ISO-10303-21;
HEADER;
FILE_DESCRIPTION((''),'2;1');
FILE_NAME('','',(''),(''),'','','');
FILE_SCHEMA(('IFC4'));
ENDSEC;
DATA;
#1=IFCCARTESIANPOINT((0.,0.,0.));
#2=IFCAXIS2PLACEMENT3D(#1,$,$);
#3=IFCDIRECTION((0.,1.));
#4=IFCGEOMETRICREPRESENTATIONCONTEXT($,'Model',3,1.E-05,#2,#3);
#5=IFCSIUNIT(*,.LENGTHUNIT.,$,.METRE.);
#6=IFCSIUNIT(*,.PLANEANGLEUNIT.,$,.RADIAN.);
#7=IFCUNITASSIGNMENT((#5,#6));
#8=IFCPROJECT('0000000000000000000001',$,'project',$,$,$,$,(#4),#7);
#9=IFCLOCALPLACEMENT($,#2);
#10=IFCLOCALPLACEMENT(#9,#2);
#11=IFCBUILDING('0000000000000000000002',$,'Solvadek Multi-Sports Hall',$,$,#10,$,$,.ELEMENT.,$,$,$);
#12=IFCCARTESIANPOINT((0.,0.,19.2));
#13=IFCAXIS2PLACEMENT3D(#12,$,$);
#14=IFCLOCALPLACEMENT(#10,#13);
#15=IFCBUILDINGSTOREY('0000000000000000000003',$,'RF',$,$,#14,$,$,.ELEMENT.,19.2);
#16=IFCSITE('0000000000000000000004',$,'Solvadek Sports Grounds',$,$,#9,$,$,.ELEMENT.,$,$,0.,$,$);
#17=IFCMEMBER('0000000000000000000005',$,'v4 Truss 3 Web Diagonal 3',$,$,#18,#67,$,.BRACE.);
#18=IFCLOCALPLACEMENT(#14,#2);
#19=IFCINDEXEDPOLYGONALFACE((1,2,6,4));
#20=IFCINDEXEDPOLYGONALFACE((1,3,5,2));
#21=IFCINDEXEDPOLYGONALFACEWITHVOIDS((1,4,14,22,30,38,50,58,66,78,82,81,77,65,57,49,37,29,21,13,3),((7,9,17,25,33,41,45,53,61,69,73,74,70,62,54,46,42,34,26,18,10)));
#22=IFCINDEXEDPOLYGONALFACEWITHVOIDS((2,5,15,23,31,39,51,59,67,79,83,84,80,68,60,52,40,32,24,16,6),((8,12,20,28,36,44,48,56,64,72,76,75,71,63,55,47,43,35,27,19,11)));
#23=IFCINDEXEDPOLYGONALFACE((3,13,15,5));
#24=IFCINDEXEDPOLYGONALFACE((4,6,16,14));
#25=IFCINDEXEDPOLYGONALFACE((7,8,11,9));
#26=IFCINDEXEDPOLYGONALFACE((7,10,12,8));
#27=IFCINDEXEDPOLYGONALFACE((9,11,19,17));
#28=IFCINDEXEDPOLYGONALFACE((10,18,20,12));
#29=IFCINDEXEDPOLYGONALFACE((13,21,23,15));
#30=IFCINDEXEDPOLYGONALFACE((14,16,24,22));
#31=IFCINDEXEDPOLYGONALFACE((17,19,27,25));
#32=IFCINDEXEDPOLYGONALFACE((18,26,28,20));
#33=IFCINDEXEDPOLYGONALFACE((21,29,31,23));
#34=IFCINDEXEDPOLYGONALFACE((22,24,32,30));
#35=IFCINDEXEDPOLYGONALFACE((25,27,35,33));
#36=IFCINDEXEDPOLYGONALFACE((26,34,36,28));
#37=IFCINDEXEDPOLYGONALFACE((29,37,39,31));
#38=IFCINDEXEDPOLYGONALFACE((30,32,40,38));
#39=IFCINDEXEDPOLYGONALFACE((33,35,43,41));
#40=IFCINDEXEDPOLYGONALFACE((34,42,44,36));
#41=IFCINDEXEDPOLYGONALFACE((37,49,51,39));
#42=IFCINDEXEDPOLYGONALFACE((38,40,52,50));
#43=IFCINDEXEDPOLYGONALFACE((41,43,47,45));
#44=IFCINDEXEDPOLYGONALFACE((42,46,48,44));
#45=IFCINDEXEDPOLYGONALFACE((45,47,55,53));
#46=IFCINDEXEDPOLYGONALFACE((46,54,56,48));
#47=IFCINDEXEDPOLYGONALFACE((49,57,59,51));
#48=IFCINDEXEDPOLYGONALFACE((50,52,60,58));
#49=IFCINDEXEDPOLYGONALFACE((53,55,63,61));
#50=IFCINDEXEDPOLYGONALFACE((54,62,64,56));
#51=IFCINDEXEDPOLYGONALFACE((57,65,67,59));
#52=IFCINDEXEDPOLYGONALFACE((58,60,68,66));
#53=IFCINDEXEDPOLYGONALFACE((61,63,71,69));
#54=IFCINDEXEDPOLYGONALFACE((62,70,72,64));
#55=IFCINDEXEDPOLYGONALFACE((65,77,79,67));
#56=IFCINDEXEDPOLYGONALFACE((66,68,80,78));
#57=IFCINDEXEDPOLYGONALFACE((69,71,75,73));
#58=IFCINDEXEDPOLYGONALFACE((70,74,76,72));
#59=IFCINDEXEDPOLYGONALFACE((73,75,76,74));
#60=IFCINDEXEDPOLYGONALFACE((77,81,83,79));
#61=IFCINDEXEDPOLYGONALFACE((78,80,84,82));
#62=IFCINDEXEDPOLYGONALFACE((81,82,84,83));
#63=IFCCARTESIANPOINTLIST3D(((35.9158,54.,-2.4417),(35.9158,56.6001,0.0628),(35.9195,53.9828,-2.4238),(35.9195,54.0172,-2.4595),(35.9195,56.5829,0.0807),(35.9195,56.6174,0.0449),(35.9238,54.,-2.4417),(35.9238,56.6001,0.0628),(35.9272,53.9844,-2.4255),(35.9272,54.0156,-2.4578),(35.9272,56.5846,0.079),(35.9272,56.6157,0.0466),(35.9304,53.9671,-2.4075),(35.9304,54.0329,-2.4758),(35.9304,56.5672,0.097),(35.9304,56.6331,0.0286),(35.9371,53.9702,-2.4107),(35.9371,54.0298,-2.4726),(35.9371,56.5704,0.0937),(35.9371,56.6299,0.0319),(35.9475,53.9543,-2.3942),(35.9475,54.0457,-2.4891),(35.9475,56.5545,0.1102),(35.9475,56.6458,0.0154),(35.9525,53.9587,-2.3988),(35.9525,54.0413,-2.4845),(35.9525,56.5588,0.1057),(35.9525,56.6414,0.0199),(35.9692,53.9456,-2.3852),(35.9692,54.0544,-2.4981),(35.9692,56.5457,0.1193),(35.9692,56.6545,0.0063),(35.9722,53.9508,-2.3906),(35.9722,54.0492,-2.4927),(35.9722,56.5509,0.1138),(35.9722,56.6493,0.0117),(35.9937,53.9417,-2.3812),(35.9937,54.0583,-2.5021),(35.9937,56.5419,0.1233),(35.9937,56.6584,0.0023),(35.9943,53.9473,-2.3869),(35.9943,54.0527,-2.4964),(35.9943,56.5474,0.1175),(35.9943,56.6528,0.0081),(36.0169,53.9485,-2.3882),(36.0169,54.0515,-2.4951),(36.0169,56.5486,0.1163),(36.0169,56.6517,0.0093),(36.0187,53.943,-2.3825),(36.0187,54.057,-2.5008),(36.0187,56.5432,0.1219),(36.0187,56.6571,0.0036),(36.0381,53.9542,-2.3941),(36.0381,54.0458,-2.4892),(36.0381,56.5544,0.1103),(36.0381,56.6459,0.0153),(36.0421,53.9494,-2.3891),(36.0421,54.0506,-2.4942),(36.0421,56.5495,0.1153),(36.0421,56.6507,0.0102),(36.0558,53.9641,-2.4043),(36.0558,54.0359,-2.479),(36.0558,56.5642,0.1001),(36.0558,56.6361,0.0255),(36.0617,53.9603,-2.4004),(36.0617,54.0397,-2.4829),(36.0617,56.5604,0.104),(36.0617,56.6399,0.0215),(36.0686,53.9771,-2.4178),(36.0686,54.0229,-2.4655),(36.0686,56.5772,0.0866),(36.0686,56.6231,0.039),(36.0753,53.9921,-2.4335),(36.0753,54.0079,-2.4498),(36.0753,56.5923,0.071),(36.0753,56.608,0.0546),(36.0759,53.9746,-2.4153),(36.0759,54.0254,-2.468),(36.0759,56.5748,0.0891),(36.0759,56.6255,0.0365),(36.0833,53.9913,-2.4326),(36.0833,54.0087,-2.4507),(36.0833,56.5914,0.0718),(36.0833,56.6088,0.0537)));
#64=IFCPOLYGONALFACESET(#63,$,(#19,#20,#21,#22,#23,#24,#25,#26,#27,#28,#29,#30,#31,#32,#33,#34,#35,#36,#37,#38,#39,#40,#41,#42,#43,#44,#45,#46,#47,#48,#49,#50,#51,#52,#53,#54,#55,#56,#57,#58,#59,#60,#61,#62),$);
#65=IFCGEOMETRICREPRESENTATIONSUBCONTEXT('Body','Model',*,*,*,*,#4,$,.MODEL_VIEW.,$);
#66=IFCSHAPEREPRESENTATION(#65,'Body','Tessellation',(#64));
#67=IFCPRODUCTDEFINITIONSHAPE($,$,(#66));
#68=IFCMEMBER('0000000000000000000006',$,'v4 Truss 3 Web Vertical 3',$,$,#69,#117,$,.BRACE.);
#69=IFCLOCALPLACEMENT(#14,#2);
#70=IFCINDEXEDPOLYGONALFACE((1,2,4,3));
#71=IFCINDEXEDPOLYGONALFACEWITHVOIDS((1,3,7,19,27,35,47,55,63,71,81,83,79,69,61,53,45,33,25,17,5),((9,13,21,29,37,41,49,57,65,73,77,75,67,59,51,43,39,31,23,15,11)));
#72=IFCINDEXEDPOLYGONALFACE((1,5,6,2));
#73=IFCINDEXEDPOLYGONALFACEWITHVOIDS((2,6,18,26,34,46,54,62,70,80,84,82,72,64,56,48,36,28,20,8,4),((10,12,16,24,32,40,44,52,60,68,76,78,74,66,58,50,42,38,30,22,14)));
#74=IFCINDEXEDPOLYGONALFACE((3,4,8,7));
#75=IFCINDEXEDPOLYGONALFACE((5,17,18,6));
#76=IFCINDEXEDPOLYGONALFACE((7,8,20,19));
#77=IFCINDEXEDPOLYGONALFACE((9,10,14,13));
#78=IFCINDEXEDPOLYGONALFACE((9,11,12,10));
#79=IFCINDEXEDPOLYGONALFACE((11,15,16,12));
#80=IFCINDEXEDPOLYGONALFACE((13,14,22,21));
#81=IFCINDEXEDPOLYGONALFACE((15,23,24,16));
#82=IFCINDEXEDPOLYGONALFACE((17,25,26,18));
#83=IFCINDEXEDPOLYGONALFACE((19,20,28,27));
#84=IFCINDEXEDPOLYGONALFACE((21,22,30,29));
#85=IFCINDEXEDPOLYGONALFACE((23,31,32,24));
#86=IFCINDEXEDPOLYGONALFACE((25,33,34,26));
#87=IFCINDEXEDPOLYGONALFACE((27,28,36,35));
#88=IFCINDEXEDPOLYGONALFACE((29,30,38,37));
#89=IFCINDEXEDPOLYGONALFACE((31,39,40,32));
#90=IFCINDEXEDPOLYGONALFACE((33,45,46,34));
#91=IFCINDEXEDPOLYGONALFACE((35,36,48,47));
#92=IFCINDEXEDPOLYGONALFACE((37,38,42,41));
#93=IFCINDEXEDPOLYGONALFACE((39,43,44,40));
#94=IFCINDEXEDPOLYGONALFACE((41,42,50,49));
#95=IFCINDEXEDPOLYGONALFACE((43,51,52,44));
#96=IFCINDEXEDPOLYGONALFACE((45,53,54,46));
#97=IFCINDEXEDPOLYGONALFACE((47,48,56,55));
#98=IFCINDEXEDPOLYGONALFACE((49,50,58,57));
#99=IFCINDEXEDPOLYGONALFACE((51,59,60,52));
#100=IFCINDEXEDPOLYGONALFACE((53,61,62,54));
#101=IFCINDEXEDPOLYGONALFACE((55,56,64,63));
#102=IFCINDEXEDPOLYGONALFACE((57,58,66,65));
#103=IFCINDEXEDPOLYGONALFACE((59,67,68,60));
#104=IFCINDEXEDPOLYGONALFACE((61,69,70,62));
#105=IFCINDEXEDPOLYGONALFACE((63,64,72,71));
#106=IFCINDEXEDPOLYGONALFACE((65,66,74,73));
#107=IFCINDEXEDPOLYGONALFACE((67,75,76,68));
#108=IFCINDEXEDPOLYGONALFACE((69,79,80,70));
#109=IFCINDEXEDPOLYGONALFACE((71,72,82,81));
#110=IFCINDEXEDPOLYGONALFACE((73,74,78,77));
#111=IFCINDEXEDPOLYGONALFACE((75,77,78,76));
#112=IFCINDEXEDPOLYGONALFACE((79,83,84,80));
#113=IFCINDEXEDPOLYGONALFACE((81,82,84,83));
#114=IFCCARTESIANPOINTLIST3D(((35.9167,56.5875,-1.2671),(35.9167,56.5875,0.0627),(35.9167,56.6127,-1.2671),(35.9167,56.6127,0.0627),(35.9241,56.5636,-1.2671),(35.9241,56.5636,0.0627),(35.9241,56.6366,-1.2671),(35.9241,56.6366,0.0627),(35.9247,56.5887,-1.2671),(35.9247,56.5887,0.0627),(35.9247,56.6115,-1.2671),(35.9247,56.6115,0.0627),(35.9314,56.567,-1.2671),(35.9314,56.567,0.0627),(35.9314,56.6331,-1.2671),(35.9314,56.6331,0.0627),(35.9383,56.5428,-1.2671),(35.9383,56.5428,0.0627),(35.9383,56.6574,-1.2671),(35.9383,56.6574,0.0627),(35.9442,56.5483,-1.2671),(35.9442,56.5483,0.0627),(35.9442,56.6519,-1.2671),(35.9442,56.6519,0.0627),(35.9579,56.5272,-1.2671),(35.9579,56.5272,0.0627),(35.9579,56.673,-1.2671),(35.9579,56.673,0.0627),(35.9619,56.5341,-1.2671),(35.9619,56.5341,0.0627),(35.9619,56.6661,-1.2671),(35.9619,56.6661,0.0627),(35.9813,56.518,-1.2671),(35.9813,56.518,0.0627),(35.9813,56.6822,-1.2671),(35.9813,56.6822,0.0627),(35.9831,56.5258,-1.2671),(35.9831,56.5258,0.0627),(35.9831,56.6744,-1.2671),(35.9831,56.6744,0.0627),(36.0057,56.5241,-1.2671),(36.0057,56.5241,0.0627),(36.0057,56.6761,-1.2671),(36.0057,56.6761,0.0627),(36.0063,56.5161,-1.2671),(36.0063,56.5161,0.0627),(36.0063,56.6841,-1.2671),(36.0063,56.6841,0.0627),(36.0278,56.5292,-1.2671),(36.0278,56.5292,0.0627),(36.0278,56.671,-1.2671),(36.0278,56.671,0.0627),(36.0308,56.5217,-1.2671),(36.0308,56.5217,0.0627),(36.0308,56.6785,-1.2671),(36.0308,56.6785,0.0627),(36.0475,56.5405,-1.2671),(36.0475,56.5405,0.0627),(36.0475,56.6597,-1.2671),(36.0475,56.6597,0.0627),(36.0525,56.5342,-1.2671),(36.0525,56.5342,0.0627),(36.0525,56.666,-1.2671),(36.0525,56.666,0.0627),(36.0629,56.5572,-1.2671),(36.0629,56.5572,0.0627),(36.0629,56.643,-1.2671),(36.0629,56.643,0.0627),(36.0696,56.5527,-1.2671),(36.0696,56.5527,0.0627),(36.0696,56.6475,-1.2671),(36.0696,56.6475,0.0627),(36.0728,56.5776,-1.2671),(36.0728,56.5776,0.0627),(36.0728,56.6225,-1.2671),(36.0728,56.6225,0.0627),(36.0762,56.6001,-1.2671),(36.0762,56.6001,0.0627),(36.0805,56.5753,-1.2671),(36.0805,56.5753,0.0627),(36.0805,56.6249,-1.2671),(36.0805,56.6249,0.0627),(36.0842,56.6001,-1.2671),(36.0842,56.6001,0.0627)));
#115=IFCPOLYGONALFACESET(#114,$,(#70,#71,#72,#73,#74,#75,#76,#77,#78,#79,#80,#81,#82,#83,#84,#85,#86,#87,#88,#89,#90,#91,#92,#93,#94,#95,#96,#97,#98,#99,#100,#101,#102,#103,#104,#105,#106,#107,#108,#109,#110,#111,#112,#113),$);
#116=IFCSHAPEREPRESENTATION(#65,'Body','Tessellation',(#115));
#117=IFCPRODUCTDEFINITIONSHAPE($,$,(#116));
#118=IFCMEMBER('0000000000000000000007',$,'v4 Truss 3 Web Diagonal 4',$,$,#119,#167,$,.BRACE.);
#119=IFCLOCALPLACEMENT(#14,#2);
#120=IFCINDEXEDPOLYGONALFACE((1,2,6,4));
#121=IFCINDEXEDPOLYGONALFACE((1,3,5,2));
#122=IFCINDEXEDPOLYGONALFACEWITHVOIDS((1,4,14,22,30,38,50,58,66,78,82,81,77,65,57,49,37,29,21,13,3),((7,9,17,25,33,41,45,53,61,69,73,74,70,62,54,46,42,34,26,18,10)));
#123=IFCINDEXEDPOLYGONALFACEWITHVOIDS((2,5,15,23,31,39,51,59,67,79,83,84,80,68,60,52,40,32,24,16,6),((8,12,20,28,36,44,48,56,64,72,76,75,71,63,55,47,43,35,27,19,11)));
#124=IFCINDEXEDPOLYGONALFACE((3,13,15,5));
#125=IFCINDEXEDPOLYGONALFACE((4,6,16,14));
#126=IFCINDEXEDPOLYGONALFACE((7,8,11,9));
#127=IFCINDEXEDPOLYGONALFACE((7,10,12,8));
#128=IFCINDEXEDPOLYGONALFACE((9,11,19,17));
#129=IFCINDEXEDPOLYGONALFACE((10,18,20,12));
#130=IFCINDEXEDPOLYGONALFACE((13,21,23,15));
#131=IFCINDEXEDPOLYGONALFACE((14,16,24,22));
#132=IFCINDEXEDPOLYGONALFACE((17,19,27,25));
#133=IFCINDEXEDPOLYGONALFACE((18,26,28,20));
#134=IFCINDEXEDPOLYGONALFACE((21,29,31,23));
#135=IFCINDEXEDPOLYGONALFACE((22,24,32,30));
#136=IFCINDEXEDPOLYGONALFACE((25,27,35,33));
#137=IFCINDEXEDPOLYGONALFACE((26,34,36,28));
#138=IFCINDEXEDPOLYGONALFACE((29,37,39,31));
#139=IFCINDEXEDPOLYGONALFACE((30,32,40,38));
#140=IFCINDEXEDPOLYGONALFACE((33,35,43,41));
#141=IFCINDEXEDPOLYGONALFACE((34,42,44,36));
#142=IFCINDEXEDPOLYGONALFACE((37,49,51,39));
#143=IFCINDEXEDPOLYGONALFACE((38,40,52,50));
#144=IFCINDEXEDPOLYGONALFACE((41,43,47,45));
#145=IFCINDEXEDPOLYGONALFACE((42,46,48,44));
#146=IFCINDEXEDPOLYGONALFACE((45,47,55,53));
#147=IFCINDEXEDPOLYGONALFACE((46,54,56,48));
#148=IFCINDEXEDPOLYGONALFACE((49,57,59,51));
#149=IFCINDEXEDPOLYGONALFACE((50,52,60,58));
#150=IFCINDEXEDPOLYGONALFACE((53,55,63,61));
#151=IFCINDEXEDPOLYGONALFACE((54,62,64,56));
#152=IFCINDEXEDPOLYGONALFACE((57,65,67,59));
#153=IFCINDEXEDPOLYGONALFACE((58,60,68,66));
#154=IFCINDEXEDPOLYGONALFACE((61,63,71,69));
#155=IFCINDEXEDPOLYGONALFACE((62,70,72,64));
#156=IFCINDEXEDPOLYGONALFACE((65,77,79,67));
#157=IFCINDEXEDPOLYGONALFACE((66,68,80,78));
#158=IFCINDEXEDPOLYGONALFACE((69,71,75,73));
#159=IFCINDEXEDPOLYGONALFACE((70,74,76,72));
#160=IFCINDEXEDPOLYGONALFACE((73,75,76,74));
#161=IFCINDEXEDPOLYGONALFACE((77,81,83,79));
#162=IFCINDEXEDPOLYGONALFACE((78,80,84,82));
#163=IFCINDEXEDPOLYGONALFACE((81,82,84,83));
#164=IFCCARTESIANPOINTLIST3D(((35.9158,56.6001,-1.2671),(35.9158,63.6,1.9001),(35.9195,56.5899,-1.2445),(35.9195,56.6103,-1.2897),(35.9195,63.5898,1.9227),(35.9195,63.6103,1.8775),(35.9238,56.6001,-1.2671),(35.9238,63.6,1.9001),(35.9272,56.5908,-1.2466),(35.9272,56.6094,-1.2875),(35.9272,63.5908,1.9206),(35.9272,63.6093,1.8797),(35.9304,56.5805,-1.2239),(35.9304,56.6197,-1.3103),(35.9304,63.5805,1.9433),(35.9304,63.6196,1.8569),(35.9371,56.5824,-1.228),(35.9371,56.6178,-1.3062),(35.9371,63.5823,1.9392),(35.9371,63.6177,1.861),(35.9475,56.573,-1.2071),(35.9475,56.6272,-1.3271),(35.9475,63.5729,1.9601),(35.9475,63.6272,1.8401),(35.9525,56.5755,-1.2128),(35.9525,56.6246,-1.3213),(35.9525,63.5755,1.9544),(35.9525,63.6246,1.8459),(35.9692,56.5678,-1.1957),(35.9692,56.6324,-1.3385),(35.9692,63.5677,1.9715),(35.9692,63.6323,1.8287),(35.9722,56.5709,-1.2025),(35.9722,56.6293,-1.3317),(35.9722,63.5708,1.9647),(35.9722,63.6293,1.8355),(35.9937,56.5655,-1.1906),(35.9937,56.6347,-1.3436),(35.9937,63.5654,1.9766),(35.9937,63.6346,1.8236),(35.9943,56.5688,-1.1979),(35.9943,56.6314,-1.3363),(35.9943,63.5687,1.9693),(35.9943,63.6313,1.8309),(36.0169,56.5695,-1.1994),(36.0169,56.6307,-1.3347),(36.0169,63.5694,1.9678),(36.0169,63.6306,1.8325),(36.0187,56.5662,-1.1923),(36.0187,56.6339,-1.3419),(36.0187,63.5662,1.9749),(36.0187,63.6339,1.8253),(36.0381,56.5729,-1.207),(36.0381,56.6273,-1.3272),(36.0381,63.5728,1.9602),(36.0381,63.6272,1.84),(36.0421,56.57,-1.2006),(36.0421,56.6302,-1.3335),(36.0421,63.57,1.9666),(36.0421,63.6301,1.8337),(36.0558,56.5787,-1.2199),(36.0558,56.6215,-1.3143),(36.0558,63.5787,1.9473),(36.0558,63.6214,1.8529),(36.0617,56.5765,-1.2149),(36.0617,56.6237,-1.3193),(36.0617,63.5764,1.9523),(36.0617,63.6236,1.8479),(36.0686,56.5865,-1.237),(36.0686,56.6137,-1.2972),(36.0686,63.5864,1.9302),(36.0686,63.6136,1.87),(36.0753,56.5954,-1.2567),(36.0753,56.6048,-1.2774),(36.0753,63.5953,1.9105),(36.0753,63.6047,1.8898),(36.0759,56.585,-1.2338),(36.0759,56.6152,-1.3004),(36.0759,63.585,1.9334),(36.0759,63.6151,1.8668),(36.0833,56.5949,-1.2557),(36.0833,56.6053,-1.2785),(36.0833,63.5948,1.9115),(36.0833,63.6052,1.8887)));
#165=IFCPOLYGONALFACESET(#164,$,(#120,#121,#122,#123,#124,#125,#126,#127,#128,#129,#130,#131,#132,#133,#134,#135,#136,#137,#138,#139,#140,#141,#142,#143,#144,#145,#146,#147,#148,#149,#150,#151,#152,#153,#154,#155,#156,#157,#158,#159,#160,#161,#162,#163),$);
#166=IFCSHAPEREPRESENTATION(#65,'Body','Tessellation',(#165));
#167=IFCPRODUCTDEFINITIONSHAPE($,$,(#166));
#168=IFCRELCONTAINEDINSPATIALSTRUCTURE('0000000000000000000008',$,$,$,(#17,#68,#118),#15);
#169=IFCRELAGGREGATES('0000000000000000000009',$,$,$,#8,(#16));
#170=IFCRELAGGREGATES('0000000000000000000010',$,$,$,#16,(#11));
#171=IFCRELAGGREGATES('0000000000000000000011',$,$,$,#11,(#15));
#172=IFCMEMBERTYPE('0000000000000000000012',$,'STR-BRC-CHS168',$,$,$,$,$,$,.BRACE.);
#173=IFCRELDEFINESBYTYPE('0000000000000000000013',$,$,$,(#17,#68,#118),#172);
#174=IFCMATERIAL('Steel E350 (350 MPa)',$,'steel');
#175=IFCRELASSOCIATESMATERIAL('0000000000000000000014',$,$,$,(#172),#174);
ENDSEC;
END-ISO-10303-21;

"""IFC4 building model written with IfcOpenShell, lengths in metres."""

from ifc_helpers import new_model, si_unit, direction, frame, origin, origin_2d, place, context, subcontext, project, spatial, hollow_circle, extrude, material, material_profile, profile_set, type_object, element, save


model = new_model("IFC4")

# Units and contexts
model_context = context("Model", 3, precision=1e-05, world=origin(), true_north=direction((0.0, 1.0)))
body_context = subcontext(model_context, "Body", "Model", "MODEL_VIEW")
ifc_project = project(units=[si_unit("LENGTHUNIT", "METRE"), si_unit("PLANEANGLEUNIT", "RADIAN")], contexts=[model_context])

# Site, building, storey
site_placement = place(None, origin())
site = spatial("IfcSite", under=ifc_project, at=site_placement, Name="Solvadek Sports Grounds", CompositionType="ELEMENT", RefElevation=0.0)
building_placement = place(site_placement, origin())
building = spatial("IfcBuilding", under=site, at=building_placement, Name="Solvadek Multi-Sports Hall", CompositionType="ELEMENT")
storey_placement = place(building_placement, frame((0.0, 0.0, 19.2)))
storey = spatial("IfcBuildingStorey", under=building, at=storey_placement, Name="RF", CompositionType="ELEMENT", Elevation=19.2)

# Members
ifc_material_1 = material(Name="Steel E350 (350 MPa)", Category="steel")
ifc_material_profile_1 = material_profile(ifc_material_1, hollow_circle(Radius=0.0842, WallThickness=0.0081, at=origin_2d()), Name="CHS 168.3x8")
ifc_profile_set_1 = profile_set([ifc_material_profile_1], Name="Steel E350 (350 MPa)")
member_type_1 = type_object("IfcMemberType", Name="STR-BRC-CHS168", PredefinedType="BRACE", material=ifc_profile_set_1)
member_1_placement = place(storey_placement, frame((36.0, 54.0, -2.4417), z_axis=(0.0, 0.720238, 0.693727), x_axis=(-1.0, 0.0, 0.0)))
element("IfcMember", 1, at=member_1_placement, inside=storey, type_object=member_type_1, Name="v4 Truss 3 Web Diagonal 3", PredefinedType="BRACE", context=body_context, shape_type="SweptSolid", body=[
    extrude(hollow_circle(Radius=0.0842, WallThickness=0.0081, at=origin_2d()), origin(), (0.0, 0.0, 1.0), 3.6101),
])
member_2_placement = place(storey_placement, frame((36.0, 56.6001, -1.2671), z_axis=(0.0, 0.0, 1.0), x_axis=(1.0, 0.0, 0.0)))
element("IfcMember", 2, at=member_2_placement, inside=storey, type_object=member_type_1, Name="v4 Truss 3 Web Vertical 3", PredefinedType="BRACE", context=body_context, shape_type="SweptSolid", body=[
    extrude(hollow_circle(Radius=0.0842, WallThickness=0.0081, at=origin_2d()), origin(), (0.0, 0.0, 1.0), 1.3298),
])
member_3_placement = place(storey_placement, frame((36.0, 56.6001, -1.2671), z_axis=(0.0, 0.91108, 0.412229), x_axis=(-1.0, 0.0, 0.0)))
element("IfcMember", 3, at=member_3_placement, inside=storey, type_object=member_type_1, Name="v4 Truss 3 Web Diagonal 4", PredefinedType="BRACE", context=body_context, shape_type="SweptSolid", body=[
    extrude(hollow_circle(Radius=0.0842, WallThickness=0.0081, at=origin_2d()), origin(), (0.0, 0.0, 1.0), 7.6831),
])

save(model, "model.ifc")
